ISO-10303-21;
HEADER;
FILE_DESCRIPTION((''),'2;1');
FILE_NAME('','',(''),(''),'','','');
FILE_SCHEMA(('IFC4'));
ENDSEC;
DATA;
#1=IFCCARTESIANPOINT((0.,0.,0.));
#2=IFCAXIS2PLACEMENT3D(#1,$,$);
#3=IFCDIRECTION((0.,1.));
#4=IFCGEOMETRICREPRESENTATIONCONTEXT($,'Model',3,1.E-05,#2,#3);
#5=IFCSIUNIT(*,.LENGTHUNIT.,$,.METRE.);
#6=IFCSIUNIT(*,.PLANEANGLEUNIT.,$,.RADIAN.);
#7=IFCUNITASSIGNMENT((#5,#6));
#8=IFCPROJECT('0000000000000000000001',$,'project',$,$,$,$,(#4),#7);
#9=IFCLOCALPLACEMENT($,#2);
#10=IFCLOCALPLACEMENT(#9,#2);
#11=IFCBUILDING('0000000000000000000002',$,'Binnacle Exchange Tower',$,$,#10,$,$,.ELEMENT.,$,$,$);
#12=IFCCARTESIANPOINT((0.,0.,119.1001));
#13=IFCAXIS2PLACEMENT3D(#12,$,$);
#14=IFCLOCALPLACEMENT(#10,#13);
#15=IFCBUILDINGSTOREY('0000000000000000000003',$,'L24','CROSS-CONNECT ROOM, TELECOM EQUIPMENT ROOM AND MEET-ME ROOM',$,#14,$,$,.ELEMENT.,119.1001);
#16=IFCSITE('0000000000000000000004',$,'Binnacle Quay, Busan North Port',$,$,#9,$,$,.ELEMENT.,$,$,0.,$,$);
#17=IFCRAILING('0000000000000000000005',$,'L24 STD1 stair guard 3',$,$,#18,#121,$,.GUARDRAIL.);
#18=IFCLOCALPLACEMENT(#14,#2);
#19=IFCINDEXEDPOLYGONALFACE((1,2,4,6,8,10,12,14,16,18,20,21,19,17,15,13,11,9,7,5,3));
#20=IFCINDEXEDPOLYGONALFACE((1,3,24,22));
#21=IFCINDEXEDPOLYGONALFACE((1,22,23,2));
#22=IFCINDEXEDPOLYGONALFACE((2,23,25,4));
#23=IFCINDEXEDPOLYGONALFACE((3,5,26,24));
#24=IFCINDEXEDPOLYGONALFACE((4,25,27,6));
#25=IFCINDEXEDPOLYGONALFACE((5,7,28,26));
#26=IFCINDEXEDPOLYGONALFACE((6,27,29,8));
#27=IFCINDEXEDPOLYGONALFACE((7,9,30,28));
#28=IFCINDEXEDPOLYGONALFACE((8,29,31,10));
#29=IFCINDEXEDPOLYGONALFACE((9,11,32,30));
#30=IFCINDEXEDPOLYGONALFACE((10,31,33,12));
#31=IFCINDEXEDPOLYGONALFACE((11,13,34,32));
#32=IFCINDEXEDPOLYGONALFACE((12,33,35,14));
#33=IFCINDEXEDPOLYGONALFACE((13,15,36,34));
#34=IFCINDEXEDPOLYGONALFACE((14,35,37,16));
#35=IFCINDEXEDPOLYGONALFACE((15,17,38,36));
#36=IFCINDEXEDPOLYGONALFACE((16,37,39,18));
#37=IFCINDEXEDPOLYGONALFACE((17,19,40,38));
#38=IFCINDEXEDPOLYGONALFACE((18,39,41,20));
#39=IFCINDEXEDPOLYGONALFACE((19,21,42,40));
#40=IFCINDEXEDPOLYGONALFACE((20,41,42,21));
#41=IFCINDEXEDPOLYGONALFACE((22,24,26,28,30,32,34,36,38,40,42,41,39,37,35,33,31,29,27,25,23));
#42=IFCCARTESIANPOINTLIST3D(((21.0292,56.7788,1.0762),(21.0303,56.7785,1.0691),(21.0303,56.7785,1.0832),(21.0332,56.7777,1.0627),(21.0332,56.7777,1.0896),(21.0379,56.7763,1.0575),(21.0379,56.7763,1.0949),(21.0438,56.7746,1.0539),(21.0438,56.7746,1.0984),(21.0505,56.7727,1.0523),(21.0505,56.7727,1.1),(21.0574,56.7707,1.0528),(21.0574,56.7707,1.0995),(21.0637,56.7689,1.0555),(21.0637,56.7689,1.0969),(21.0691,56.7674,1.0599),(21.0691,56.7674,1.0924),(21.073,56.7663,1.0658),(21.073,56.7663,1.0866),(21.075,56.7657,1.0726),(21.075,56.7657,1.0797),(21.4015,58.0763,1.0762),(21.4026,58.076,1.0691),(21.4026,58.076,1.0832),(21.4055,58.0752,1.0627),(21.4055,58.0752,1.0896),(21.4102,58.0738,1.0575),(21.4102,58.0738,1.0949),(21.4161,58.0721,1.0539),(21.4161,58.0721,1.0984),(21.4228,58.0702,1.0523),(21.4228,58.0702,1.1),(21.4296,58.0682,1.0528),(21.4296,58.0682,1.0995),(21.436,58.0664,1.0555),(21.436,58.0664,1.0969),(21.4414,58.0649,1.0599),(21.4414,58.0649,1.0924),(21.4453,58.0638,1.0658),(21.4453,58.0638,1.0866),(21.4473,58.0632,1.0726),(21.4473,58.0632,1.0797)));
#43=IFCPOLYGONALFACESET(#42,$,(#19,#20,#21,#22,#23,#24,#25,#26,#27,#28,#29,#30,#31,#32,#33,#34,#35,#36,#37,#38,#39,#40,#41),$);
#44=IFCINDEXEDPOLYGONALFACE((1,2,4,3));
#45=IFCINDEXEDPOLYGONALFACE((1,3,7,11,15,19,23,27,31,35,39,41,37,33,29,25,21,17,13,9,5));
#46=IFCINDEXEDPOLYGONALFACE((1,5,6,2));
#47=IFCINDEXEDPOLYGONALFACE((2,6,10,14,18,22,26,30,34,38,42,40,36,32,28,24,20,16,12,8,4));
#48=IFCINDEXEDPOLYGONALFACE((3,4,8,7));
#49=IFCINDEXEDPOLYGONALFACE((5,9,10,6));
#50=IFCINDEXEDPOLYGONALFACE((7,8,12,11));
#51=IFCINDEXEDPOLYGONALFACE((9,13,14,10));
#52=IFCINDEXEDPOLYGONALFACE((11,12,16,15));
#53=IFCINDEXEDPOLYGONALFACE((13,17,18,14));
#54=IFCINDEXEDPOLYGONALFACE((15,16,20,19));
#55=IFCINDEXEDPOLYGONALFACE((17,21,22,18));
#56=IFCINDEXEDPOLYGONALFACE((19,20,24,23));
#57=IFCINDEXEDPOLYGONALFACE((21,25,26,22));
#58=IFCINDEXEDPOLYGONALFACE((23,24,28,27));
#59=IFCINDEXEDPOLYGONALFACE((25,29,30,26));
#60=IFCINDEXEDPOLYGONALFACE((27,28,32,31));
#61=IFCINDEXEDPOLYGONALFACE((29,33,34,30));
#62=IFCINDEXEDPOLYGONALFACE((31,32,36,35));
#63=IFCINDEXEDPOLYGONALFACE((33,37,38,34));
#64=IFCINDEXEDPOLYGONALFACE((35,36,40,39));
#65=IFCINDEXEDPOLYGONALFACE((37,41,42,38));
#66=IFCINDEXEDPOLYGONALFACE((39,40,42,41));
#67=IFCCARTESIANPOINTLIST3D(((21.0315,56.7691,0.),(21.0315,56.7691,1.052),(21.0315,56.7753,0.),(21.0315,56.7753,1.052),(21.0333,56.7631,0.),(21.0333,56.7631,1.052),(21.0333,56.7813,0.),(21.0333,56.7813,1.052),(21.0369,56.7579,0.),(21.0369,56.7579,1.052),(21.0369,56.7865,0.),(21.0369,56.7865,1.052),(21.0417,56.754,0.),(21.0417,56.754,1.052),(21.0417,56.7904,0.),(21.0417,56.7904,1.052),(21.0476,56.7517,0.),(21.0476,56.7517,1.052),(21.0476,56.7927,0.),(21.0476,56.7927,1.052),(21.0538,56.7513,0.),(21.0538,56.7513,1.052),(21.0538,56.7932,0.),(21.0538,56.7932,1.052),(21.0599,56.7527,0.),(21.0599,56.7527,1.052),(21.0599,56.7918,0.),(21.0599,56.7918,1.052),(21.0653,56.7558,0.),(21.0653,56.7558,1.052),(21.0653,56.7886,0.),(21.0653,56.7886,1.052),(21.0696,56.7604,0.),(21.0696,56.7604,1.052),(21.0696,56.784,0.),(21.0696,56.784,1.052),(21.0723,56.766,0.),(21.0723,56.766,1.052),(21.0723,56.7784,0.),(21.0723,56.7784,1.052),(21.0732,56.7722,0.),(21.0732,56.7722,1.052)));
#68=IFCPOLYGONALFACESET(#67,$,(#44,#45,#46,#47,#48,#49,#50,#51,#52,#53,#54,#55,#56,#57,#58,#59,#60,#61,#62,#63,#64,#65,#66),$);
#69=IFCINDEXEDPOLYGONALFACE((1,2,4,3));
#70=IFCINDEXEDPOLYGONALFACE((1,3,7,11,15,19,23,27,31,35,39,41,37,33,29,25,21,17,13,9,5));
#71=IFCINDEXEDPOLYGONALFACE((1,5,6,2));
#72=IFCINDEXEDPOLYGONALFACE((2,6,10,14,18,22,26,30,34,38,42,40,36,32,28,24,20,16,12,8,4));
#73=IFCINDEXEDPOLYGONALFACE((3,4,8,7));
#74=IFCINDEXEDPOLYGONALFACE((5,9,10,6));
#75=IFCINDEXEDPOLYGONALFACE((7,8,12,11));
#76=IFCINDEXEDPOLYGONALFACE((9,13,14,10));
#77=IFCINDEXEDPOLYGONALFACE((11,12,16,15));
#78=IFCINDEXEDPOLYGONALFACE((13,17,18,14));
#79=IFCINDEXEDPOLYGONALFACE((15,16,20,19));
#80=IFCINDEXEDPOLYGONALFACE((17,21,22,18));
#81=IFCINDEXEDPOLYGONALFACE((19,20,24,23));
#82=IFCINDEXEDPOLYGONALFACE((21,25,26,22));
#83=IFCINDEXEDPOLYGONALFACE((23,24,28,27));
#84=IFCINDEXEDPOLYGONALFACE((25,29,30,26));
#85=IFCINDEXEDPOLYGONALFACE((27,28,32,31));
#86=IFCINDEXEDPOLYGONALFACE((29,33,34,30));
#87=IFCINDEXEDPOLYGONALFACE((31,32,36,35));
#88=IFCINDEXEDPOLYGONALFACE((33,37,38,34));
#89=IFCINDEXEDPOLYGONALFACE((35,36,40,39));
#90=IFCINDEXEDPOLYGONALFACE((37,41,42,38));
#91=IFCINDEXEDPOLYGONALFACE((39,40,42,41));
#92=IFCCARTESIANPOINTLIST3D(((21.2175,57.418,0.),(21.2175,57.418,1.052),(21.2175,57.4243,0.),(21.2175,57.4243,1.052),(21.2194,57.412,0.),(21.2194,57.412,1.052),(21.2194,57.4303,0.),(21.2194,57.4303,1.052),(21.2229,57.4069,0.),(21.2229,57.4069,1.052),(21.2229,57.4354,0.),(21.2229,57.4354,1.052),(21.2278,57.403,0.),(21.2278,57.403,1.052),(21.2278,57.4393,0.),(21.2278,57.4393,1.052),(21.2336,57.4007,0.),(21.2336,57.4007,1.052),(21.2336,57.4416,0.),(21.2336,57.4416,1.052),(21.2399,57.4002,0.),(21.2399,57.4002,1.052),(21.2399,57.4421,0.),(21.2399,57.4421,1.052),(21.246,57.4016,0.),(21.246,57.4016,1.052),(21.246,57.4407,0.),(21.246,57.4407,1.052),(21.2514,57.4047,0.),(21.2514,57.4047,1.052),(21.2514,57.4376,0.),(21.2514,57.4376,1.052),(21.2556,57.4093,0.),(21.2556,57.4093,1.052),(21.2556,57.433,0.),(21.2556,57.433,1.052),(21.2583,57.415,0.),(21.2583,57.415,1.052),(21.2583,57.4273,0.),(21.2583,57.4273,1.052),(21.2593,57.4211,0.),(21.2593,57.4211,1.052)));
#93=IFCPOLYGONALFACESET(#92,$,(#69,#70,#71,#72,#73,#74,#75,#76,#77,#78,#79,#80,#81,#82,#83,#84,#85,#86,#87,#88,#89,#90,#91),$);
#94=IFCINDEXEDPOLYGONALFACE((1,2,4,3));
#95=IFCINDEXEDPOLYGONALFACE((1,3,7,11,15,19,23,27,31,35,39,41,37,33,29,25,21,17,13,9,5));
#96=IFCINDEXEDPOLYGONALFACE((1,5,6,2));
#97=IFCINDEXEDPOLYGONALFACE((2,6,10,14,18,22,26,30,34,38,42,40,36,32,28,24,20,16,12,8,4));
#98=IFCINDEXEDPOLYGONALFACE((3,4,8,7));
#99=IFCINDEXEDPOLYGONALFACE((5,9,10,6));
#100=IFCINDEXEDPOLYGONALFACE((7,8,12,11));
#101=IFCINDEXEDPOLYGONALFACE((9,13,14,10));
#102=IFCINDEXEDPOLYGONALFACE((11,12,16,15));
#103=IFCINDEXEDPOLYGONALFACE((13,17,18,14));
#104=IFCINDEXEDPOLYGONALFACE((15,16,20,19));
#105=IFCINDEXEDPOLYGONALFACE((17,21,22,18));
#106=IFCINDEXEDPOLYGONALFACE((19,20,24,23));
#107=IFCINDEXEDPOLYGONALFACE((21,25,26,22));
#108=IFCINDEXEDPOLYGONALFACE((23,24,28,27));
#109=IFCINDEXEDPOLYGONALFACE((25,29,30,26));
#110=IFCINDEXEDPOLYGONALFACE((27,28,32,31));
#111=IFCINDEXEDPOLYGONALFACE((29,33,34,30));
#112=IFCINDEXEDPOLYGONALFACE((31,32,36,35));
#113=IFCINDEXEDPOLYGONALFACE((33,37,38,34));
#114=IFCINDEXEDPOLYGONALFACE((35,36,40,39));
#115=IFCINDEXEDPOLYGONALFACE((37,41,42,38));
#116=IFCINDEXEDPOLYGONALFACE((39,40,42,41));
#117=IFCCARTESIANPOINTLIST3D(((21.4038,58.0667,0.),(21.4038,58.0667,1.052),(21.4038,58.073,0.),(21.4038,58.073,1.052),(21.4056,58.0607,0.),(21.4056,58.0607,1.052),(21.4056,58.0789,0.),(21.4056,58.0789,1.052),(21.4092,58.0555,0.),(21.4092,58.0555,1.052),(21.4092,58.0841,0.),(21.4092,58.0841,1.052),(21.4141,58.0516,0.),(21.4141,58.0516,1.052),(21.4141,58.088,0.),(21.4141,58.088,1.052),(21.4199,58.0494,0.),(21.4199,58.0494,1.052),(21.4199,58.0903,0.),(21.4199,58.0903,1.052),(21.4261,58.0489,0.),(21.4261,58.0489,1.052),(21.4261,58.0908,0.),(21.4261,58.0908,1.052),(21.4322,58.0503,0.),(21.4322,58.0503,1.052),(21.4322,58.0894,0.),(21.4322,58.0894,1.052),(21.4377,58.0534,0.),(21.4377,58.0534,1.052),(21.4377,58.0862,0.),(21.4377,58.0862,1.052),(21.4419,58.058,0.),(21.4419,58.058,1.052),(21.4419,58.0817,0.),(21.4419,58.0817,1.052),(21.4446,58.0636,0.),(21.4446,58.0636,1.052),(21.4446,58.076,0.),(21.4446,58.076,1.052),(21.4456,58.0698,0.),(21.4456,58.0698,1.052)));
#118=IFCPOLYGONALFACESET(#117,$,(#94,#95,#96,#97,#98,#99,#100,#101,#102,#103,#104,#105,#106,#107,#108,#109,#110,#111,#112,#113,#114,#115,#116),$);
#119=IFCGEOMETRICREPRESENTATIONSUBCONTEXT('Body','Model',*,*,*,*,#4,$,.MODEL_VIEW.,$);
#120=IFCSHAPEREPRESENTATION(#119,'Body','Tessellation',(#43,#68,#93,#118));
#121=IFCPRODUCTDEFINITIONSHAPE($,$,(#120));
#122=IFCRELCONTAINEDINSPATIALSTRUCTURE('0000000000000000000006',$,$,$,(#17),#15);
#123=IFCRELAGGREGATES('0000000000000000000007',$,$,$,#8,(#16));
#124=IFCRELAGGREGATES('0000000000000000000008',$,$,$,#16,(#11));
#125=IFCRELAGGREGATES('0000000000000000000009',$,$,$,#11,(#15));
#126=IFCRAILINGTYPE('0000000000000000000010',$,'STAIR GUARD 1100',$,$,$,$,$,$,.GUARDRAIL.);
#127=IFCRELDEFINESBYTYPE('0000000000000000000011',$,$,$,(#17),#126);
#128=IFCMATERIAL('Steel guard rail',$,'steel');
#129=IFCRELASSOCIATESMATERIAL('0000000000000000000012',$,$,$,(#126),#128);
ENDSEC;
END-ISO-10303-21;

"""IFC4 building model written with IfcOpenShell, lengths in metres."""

from ifc_helpers import new_model, si_unit, direction, frame, origin, origin_2d, place, context, subcontext, project, spatial, circle, extrude, material, type_object, element, save


model = new_model("IFC4")

# Units and contexts
model_context = context("Model", 3, precision=1e-05, world=origin(), true_north=direction((0.0, 1.0)))
body_context = subcontext(model_context, "Body", "Model", "MODEL_VIEW")
ifc_project = project(units=[si_unit("LENGTHUNIT", "METRE"), si_unit("PLANEANGLEUNIT", "RADIAN")], contexts=[model_context])

# Site, building, storey
site_placement = place(None, origin())
site = spatial("IfcSite", under=ifc_project, at=site_placement, Name="Binnacle Quay, Busan North Port", CompositionType="ELEMENT", RefElevation=0.0)
building_placement = place(site_placement, origin())
building = spatial("IfcBuilding", under=site, at=building_placement, Name="Binnacle Exchange Tower", CompositionType="ELEMENT")
storey_placement = place(building_placement, frame((0.0, 0.0, 119.1001)))
storey = spatial("IfcBuildingStorey", under=building, at=storey_placement, Name="L24", Description="CROSS-CONNECT ROOM, TELECOM EQUIPMENT ROOM AND MEET-ME ROOM", CompositionType="ELEMENT", Elevation=119.1001)

# Railing
ifc_material_1 = material(Name="Steel guard rail", Category="steel")
railing_type_1 = type_object("IfcRailingType", Name="STAIR GUARD 1100", PredefinedType="GUARDRAIL", material=ifc_material_1)
railing_1_placement = place(storey_placement, frame((21.0522, 56.7722, 0.0)))
element("IfcRailing", 1, at=railing_1_placement, inside=storey, type_object=railing_type_1, Name="L24 STD1 stair guard 3", PredefinedType="GUARDRAIL", context=body_context, shape_type="SweptSolid", body=[
    extrude(circle(Radius=0.0239, at=origin_2d()), frame((0.0, 0.0, 1.0762), z_axis=(0.275796, 0.961216, 0.0), x_axis=(-0.961216, 0.275796, 0.0)), (0.0, 0.0, 1.0), 1.3499),
    extrude(circle(Radius=0.021, at=origin_2d()), origin(), (0.0, 0.0, 1.0), 1.052),
    extrude(circle(Radius=0.021, at=origin_2d()), frame((0.186, 0.6489, 0.0)), (0.0, 0.0, 1.0), 1.052),
    extrude(circle(Radius=0.021, at=origin_2d()), frame((0.3723, 1.2976, 0.0)), (0.0, 0.0, 1.0), 1.052),
])

save(model, "model.ifc")
